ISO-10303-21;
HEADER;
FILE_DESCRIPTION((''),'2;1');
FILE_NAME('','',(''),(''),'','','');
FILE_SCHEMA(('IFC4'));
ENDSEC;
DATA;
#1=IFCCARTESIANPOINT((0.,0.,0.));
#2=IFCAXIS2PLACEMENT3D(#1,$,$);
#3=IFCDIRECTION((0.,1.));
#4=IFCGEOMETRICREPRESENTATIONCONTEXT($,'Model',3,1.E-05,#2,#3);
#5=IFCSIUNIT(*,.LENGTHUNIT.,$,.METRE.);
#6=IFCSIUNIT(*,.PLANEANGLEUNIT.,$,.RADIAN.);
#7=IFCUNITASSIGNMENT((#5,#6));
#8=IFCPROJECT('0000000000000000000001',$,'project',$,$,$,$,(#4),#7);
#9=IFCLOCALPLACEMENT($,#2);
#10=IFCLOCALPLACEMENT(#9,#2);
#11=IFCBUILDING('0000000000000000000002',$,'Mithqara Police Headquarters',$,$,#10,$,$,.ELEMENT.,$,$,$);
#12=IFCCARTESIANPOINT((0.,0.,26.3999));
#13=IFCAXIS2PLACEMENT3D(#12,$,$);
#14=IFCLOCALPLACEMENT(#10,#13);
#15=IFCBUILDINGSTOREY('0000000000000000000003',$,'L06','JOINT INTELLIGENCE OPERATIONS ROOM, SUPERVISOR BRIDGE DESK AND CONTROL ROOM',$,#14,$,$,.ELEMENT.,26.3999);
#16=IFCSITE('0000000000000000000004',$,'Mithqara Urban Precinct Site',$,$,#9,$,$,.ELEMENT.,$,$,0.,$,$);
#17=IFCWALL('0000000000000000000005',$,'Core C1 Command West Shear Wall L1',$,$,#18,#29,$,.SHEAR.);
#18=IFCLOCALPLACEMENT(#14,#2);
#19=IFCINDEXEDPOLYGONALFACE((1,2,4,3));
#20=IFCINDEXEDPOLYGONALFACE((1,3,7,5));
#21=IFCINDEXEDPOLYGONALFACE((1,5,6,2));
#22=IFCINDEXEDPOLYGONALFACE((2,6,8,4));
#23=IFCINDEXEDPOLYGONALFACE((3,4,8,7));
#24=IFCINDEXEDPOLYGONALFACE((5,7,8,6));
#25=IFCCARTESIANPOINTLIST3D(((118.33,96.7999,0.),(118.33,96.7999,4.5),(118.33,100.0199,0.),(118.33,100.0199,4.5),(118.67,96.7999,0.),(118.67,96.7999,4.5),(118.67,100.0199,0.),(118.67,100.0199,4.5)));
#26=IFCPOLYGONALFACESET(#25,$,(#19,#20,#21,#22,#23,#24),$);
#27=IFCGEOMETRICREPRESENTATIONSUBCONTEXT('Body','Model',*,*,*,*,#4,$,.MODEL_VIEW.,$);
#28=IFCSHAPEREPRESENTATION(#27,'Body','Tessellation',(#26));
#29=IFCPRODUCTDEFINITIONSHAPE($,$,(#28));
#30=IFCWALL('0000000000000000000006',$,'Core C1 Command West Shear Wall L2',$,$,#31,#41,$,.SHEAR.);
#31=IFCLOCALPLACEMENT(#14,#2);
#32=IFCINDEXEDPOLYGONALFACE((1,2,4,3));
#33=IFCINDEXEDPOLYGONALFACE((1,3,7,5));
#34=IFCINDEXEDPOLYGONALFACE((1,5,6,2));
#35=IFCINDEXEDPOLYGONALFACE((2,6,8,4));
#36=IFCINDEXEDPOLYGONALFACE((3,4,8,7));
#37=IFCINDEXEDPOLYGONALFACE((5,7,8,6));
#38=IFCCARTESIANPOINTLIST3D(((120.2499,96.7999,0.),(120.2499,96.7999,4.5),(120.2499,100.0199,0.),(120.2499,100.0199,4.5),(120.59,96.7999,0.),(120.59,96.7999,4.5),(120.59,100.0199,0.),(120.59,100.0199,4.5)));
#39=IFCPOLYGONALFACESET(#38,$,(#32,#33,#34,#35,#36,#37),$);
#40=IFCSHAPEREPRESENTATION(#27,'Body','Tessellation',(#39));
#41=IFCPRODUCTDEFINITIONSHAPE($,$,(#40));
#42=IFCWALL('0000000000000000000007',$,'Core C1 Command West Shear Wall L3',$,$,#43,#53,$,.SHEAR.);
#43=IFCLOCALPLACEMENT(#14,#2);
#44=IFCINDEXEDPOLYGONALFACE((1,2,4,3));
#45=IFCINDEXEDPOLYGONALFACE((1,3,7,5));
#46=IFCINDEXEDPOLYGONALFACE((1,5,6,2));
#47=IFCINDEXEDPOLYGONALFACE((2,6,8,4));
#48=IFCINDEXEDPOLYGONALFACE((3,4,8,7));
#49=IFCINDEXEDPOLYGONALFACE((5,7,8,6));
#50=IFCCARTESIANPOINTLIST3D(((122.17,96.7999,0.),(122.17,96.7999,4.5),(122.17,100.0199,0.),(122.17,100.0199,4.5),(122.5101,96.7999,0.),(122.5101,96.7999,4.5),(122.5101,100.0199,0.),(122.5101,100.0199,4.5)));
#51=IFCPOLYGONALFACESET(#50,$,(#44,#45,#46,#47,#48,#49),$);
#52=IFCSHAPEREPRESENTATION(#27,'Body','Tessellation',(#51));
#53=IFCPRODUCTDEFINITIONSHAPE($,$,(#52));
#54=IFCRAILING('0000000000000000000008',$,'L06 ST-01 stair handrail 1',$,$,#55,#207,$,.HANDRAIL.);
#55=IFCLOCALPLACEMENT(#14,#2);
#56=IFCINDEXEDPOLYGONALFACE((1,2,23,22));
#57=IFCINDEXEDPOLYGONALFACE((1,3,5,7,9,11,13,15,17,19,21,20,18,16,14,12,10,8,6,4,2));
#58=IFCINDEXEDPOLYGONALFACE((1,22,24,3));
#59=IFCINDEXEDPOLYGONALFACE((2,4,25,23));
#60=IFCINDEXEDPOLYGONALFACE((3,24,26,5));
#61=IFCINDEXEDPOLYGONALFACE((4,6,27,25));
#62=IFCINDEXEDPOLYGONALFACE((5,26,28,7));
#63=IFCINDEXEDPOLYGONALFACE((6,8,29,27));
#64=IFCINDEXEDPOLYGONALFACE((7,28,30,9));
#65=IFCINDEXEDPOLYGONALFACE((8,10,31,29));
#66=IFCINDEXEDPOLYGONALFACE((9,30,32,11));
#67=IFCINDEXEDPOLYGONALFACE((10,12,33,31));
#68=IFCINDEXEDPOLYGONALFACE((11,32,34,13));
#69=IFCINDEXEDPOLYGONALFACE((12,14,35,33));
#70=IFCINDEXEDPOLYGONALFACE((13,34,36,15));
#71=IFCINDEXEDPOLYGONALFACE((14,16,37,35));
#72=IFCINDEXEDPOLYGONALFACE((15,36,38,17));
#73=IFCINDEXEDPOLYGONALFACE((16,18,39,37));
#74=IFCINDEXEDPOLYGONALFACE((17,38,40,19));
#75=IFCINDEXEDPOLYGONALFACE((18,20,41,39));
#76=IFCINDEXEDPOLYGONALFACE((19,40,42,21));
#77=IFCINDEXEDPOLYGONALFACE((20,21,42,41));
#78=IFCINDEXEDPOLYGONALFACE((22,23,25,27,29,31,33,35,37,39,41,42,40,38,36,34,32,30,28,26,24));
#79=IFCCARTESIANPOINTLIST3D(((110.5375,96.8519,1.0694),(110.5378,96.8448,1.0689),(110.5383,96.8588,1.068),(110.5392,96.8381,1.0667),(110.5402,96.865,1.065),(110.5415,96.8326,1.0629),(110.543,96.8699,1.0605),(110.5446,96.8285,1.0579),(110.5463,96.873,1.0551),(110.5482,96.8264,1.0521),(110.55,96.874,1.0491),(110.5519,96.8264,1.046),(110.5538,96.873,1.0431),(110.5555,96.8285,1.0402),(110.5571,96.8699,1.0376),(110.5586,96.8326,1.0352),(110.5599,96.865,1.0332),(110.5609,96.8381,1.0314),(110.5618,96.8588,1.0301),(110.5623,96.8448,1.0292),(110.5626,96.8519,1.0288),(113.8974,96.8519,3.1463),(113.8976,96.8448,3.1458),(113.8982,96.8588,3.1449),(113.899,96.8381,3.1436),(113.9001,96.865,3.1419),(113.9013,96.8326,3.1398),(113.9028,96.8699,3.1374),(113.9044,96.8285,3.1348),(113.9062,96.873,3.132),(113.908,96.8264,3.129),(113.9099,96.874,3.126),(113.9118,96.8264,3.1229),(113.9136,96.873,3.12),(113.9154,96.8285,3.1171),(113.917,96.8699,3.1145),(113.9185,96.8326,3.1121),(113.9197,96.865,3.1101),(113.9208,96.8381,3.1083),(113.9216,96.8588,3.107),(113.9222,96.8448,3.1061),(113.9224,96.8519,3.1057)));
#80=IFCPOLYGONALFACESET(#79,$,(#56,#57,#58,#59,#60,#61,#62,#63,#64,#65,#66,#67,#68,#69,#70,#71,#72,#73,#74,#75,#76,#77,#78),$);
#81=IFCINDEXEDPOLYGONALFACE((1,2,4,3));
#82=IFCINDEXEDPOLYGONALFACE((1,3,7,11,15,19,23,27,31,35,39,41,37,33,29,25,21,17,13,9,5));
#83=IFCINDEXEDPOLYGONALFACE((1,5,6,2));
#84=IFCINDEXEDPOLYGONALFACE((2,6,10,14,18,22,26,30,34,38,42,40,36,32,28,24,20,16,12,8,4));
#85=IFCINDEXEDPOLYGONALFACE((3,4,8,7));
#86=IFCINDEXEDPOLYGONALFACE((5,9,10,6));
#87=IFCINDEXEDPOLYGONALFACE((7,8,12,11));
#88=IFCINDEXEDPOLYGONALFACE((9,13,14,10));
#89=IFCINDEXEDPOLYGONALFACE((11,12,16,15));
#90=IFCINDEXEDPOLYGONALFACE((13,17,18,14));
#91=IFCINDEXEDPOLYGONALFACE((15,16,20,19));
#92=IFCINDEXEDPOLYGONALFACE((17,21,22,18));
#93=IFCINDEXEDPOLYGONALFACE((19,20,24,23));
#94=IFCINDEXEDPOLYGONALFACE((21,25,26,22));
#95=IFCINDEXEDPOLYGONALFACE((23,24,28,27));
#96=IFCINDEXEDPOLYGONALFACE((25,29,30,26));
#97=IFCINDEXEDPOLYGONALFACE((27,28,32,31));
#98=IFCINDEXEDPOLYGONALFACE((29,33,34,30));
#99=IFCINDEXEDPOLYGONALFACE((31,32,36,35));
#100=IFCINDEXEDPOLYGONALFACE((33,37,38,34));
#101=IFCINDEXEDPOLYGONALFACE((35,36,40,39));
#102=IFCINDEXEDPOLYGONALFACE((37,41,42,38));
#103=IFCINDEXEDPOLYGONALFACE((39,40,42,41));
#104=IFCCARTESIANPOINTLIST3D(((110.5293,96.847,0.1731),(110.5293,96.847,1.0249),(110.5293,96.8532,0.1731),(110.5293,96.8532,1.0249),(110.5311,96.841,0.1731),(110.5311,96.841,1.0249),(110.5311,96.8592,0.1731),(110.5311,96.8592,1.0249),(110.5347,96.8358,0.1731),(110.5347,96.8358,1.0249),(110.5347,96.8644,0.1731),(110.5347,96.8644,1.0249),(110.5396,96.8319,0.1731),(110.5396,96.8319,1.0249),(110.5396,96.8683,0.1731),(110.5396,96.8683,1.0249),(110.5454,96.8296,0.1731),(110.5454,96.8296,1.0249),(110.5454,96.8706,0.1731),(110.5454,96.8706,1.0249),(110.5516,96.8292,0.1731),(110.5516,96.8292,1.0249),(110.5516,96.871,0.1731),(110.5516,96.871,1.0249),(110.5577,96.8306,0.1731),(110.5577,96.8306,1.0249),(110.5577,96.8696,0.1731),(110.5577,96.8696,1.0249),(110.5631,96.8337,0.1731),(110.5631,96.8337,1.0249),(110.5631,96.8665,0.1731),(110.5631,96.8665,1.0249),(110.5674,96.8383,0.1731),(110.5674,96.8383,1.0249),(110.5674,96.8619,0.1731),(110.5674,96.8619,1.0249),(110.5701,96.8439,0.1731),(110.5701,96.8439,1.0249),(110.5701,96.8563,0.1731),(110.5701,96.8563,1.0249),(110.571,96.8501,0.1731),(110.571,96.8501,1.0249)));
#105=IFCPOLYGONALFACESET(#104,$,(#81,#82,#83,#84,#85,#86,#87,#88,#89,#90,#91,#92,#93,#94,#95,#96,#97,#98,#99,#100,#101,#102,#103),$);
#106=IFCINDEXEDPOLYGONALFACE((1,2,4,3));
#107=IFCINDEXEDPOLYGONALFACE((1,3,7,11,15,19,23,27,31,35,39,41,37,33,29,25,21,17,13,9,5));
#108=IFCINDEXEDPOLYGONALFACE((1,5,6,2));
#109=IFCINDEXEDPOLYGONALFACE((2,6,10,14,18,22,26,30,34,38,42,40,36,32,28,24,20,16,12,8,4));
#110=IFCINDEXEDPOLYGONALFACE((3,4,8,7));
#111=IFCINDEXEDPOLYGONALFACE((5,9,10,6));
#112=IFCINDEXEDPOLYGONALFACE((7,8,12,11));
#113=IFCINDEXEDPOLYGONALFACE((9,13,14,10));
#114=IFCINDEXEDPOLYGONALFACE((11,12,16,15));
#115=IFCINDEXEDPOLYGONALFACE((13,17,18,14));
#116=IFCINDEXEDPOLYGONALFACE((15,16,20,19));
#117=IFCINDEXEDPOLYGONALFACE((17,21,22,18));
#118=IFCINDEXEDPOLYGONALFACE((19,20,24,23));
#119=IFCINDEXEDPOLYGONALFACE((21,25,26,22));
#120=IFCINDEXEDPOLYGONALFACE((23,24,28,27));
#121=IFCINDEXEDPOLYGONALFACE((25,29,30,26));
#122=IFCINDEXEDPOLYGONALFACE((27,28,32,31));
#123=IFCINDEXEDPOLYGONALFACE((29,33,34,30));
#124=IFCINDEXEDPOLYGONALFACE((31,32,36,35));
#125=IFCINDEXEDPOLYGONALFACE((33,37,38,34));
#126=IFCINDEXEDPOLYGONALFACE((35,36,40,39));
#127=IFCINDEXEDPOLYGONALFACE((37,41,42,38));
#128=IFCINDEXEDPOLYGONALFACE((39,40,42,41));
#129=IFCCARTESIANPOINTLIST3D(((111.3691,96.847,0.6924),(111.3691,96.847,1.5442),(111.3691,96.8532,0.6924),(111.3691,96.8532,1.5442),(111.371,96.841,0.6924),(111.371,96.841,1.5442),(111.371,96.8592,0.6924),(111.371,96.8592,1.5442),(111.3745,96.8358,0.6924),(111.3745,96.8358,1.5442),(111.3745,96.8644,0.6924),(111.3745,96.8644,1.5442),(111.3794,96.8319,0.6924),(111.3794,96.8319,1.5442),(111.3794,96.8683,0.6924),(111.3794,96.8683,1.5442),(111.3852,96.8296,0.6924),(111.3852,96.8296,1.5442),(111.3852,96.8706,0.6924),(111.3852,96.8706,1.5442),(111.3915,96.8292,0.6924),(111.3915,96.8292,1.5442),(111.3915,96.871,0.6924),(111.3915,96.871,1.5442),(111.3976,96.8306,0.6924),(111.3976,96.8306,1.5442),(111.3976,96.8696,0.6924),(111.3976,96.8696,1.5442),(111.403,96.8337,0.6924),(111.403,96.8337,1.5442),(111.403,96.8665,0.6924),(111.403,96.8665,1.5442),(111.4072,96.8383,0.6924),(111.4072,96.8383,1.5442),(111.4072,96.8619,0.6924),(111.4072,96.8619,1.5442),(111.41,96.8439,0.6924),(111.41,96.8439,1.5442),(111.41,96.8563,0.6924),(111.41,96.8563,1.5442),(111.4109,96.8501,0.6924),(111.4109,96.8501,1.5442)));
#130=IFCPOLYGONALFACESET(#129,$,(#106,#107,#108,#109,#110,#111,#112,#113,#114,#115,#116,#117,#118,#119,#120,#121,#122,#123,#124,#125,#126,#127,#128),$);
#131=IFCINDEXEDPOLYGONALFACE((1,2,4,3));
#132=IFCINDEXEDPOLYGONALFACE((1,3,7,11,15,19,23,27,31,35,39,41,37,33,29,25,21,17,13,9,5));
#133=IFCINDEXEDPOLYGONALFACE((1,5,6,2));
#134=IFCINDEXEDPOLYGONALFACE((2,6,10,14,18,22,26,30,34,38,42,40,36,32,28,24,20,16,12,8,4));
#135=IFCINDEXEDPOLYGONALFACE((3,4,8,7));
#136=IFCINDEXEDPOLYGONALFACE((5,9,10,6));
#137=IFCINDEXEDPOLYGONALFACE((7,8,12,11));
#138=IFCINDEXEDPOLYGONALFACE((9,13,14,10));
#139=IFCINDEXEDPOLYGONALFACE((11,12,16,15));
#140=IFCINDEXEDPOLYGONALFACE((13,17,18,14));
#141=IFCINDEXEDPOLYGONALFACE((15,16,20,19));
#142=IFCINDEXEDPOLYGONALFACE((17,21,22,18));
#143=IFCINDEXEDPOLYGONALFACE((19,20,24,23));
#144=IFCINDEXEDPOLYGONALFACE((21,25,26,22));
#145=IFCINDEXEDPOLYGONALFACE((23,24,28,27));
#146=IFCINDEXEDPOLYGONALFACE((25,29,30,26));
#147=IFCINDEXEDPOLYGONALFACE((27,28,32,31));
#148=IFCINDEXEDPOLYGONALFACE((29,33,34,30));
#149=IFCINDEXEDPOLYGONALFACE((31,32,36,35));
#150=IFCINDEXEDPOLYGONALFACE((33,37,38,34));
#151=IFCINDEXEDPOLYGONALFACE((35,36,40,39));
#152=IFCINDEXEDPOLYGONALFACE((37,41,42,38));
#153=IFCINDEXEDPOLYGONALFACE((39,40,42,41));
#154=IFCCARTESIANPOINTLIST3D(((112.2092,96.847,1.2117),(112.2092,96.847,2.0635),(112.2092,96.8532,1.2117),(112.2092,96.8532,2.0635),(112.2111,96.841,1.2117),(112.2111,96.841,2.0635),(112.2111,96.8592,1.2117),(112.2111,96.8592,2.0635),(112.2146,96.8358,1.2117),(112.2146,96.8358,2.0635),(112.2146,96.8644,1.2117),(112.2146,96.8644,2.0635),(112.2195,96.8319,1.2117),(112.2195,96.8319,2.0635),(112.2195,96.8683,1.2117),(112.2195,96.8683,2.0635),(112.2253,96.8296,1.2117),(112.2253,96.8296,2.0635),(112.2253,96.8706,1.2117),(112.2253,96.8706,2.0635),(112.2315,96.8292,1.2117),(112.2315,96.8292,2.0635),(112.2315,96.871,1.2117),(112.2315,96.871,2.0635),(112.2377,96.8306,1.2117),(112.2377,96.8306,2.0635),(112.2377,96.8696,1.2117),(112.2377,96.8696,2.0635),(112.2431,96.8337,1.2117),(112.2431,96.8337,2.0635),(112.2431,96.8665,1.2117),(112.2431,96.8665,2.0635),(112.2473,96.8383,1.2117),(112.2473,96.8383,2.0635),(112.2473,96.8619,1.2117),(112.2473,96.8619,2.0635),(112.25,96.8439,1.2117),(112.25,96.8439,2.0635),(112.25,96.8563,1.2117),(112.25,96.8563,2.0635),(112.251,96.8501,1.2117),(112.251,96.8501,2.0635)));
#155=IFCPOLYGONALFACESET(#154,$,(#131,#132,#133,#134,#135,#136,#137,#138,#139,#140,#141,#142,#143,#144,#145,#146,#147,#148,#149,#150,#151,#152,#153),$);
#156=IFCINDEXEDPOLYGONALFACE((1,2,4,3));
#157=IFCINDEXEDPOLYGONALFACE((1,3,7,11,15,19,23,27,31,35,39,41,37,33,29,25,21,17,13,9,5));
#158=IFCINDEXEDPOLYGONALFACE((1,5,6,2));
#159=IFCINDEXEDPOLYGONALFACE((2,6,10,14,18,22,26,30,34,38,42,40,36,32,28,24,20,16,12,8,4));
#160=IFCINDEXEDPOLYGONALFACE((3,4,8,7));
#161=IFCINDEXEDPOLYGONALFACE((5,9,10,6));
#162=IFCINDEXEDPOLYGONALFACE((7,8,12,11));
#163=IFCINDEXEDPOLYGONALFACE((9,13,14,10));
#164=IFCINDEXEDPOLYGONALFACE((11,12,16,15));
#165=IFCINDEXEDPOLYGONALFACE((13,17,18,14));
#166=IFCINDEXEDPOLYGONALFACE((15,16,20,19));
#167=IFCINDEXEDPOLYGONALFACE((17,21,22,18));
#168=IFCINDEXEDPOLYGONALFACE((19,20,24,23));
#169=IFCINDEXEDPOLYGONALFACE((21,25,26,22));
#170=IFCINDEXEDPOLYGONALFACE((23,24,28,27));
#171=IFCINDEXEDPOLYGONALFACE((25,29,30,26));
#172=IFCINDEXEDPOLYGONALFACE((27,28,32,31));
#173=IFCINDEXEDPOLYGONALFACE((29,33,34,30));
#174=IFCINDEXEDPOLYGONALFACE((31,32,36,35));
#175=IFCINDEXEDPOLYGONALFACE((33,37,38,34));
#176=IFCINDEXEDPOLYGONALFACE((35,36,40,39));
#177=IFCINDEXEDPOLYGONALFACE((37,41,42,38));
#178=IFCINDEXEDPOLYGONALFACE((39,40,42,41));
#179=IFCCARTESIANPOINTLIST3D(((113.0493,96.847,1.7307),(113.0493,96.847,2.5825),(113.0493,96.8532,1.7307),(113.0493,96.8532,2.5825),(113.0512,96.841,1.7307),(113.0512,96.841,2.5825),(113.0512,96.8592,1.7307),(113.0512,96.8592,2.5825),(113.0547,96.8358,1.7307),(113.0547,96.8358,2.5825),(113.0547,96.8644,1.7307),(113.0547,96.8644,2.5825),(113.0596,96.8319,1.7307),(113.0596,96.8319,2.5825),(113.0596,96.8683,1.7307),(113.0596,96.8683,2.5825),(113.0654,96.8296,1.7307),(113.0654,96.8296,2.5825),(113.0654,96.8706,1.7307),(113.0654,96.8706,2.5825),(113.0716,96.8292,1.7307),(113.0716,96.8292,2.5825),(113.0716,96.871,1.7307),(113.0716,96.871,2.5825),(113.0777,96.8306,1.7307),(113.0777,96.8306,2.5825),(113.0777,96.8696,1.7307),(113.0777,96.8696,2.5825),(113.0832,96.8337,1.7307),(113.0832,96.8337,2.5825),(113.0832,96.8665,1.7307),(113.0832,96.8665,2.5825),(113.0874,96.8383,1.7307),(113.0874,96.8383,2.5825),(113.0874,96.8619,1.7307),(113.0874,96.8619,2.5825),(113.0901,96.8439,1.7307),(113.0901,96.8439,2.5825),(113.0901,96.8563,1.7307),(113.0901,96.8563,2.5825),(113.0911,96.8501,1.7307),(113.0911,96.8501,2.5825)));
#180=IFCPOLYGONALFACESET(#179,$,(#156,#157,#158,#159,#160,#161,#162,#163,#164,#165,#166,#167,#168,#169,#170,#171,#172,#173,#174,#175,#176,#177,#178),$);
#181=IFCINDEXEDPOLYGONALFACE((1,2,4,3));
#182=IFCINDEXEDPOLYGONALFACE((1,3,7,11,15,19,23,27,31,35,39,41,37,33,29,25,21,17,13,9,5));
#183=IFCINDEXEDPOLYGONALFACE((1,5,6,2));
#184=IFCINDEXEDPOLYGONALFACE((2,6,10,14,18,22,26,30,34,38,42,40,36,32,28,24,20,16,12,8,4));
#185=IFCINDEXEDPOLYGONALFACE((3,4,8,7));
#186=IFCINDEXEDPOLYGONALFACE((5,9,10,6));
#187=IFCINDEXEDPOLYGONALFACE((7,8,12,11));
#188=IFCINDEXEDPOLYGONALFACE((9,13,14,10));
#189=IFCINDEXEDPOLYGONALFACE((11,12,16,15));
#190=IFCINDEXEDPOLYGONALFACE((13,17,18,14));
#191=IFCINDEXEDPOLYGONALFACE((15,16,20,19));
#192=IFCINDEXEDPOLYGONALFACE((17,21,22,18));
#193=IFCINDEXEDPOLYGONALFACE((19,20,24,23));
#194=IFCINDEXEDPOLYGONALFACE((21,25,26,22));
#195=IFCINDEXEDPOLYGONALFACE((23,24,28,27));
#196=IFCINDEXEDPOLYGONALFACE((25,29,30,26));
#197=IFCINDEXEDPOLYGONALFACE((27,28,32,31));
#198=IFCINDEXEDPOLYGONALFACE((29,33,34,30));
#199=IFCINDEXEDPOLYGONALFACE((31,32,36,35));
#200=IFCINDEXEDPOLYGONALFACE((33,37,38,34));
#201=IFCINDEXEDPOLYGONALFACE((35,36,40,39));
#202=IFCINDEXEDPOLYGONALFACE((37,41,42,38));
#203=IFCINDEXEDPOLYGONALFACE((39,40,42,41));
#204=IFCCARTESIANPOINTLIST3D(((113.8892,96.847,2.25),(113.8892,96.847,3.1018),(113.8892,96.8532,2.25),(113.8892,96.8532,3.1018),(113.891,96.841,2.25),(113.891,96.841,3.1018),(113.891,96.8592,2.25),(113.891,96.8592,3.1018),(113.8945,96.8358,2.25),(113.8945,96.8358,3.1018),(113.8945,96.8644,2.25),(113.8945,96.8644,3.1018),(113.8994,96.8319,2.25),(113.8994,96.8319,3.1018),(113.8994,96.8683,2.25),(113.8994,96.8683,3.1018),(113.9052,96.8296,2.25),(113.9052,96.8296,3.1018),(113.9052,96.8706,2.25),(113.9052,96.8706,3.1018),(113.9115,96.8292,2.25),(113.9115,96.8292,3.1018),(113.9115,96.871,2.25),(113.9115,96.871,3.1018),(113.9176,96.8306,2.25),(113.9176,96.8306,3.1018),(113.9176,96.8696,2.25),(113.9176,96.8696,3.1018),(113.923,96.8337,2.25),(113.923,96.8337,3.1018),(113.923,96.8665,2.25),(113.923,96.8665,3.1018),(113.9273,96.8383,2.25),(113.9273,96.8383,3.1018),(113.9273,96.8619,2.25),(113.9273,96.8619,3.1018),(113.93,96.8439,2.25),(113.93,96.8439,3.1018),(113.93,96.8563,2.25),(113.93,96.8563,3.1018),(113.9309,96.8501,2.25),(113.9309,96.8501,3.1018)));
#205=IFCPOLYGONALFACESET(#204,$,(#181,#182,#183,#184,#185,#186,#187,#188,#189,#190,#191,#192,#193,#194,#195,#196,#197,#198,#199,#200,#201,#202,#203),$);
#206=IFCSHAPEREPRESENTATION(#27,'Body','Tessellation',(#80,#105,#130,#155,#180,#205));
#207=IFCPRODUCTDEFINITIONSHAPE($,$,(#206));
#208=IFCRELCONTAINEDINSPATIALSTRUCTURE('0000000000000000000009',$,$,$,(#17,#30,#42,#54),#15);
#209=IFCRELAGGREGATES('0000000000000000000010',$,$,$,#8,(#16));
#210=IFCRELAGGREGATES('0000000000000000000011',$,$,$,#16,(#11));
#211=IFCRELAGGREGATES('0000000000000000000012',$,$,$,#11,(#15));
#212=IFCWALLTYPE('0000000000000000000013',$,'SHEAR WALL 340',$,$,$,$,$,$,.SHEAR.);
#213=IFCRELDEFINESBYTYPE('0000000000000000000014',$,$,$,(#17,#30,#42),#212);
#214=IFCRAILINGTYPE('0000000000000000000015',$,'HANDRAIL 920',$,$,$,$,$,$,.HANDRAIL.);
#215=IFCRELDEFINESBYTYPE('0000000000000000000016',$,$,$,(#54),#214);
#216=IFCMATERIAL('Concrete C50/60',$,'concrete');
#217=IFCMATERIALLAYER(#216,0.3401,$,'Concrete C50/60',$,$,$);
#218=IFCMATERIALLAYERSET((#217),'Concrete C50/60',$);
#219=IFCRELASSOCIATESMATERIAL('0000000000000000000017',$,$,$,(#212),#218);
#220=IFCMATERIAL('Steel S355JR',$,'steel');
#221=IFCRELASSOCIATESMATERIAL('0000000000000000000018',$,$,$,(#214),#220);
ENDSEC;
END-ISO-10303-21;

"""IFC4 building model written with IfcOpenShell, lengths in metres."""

from ifc_helpers import new_model, si_unit, direction, frame, frame_2d, origin, origin_2d, place, context, subcontext, project, spatial, rectangle, circle, extrude, material, layer, layer_set, type_object, element, save


model = new_model("IFC4")

# Units and contexts
model_context = context("Model", 3, precision=1e-05, world=origin(), true_north=direction((0.0, 1.0)))
body_context = subcontext(model_context, "Body", "Model", "MODEL_VIEW")
ifc_project = project(units=[si_unit("LENGTHUNIT", "METRE"), si_unit("PLANEANGLEUNIT", "RADIAN")], contexts=[model_context])

# Site, building, storey
site_placement = place(None, origin())
site = spatial("IfcSite", under=ifc_project, at=site_placement, Name="Mithqara Urban Precinct Site", CompositionType="ELEMENT", RefElevation=0.0)
building_placement = place(site_placement, origin())
building = spatial("IfcBuilding", under=site, at=building_placement, Name="Mithqara Police Headquarters", CompositionType="ELEMENT")
storey_placement = place(building_placement, frame((0.0, 0.0, 26.3999)))
storey = spatial("IfcBuildingStorey", under=building, at=storey_placement, Name="L06", Description="JOINT INTELLIGENCE OPERATIONS ROOM, SUPERVISOR BRIDGE DESK AND CONTROL ROOM", CompositionType="ELEMENT", Elevation=26.3999)

# Shared definitions
ifc_material_1 = material(Name="Concrete C50/60", Category="concrete")

# Shared definitions
ifc_material_2 = material(Name="Steel S355JR", Category="steel")

# Walls
ifc_layer_1 = layer(ifc_material_1, 0.3401, Name="Concrete C50/60")
ifc_layer_set_1 = layer_set([ifc_layer_1], Name="Concrete C50/60")
wall_type_1 = type_object("IfcWallType", Name="SHEAR WALL 340", PredefinedType="SHEAR", material=ifc_layer_set_1)
for number, where, z_axis, x_axis, name in (
    (1, (118.5, 96.8, 0.0), (0.0, 0.0, 1.0), (0.0, 1.0, 0.0), "Core C1 Command West Shear Wall L1"),
    (2, (120.4199, 96.8, 0.0), (0.0, 0.0, 1.0), (0.0, 1.0, 0.0), "Core C1 Command West Shear Wall L2"),
    (3, (122.3401, 96.8, 0.0), (0.0, 0.0, 1.0), (0.0, 1.0, 0.0), "Core C1 Command West Shear Wall L3"),
):
    element("IfcWall", number, at=place(storey_placement, frame(where, z_axis=z_axis, x_axis=x_axis)), inside=storey, type_object=wall_type_1, Name=name, PredefinedType="SHEAR", context=body_context, shape_type="SweptSolid", body=[
        extrude(rectangle(XDim=3.22, YDim=0.3401, at=frame_2d((1.6099, 0.0))), origin(), (0.0, 0.0, 1.0), 4.5),
    ])

# Railing
railing_type = type_object("IfcRailingType", Name="HANDRAIL 920", PredefinedType="HANDRAIL", material=ifc_material_2)
railing_placement = place(storey_placement, frame((110.55, 96.8501, 0.1731)))
element("IfcRailing", 4, at=railing_placement, inside=storey, type_object=railing_type, Name="L06 ST-01 stair handrail 1", PredefinedType="HANDRAIL", context=body_context, shape_type="SweptSolid", body=[
    extrude(circle(Radius=0.0239, at=origin_2d()), frame((0.0, 0.0, 0.876), z_axis=(0.850606, 0.0, 0.525803), x_axis=(0.0, 1.0, 0.0)), (0.0, 0.0, 1.0), 3.95),
    extrude(circle(Radius=0.021, at=origin_2d()), origin(), (0.0, 0.0, 1.0), 0.8518),
    extrude(circle(Radius=0.021, at=origin_2d()), frame((0.8398, 0.0, 0.5193)), (0.0, 0.0, 1.0), 0.8518),
    extrude(circle(Radius=0.021, at=origin_2d()), frame((1.6799, 0.0, 1.0386)), (0.0, 0.0, 1.0), 0.8518),
    extrude(circle(Radius=0.021, at=origin_2d()), frame((2.52, 0.0, 1.5576)), (0.0, 0.0, 1.0), 0.8518),
    extrude(circle(Radius=0.021, at=origin_2d()), frame((3.3599, 0.0, 2.0769)), (0.0, 0.0, 1.0), 0.8518),
])

save(model, "model.ifc")
